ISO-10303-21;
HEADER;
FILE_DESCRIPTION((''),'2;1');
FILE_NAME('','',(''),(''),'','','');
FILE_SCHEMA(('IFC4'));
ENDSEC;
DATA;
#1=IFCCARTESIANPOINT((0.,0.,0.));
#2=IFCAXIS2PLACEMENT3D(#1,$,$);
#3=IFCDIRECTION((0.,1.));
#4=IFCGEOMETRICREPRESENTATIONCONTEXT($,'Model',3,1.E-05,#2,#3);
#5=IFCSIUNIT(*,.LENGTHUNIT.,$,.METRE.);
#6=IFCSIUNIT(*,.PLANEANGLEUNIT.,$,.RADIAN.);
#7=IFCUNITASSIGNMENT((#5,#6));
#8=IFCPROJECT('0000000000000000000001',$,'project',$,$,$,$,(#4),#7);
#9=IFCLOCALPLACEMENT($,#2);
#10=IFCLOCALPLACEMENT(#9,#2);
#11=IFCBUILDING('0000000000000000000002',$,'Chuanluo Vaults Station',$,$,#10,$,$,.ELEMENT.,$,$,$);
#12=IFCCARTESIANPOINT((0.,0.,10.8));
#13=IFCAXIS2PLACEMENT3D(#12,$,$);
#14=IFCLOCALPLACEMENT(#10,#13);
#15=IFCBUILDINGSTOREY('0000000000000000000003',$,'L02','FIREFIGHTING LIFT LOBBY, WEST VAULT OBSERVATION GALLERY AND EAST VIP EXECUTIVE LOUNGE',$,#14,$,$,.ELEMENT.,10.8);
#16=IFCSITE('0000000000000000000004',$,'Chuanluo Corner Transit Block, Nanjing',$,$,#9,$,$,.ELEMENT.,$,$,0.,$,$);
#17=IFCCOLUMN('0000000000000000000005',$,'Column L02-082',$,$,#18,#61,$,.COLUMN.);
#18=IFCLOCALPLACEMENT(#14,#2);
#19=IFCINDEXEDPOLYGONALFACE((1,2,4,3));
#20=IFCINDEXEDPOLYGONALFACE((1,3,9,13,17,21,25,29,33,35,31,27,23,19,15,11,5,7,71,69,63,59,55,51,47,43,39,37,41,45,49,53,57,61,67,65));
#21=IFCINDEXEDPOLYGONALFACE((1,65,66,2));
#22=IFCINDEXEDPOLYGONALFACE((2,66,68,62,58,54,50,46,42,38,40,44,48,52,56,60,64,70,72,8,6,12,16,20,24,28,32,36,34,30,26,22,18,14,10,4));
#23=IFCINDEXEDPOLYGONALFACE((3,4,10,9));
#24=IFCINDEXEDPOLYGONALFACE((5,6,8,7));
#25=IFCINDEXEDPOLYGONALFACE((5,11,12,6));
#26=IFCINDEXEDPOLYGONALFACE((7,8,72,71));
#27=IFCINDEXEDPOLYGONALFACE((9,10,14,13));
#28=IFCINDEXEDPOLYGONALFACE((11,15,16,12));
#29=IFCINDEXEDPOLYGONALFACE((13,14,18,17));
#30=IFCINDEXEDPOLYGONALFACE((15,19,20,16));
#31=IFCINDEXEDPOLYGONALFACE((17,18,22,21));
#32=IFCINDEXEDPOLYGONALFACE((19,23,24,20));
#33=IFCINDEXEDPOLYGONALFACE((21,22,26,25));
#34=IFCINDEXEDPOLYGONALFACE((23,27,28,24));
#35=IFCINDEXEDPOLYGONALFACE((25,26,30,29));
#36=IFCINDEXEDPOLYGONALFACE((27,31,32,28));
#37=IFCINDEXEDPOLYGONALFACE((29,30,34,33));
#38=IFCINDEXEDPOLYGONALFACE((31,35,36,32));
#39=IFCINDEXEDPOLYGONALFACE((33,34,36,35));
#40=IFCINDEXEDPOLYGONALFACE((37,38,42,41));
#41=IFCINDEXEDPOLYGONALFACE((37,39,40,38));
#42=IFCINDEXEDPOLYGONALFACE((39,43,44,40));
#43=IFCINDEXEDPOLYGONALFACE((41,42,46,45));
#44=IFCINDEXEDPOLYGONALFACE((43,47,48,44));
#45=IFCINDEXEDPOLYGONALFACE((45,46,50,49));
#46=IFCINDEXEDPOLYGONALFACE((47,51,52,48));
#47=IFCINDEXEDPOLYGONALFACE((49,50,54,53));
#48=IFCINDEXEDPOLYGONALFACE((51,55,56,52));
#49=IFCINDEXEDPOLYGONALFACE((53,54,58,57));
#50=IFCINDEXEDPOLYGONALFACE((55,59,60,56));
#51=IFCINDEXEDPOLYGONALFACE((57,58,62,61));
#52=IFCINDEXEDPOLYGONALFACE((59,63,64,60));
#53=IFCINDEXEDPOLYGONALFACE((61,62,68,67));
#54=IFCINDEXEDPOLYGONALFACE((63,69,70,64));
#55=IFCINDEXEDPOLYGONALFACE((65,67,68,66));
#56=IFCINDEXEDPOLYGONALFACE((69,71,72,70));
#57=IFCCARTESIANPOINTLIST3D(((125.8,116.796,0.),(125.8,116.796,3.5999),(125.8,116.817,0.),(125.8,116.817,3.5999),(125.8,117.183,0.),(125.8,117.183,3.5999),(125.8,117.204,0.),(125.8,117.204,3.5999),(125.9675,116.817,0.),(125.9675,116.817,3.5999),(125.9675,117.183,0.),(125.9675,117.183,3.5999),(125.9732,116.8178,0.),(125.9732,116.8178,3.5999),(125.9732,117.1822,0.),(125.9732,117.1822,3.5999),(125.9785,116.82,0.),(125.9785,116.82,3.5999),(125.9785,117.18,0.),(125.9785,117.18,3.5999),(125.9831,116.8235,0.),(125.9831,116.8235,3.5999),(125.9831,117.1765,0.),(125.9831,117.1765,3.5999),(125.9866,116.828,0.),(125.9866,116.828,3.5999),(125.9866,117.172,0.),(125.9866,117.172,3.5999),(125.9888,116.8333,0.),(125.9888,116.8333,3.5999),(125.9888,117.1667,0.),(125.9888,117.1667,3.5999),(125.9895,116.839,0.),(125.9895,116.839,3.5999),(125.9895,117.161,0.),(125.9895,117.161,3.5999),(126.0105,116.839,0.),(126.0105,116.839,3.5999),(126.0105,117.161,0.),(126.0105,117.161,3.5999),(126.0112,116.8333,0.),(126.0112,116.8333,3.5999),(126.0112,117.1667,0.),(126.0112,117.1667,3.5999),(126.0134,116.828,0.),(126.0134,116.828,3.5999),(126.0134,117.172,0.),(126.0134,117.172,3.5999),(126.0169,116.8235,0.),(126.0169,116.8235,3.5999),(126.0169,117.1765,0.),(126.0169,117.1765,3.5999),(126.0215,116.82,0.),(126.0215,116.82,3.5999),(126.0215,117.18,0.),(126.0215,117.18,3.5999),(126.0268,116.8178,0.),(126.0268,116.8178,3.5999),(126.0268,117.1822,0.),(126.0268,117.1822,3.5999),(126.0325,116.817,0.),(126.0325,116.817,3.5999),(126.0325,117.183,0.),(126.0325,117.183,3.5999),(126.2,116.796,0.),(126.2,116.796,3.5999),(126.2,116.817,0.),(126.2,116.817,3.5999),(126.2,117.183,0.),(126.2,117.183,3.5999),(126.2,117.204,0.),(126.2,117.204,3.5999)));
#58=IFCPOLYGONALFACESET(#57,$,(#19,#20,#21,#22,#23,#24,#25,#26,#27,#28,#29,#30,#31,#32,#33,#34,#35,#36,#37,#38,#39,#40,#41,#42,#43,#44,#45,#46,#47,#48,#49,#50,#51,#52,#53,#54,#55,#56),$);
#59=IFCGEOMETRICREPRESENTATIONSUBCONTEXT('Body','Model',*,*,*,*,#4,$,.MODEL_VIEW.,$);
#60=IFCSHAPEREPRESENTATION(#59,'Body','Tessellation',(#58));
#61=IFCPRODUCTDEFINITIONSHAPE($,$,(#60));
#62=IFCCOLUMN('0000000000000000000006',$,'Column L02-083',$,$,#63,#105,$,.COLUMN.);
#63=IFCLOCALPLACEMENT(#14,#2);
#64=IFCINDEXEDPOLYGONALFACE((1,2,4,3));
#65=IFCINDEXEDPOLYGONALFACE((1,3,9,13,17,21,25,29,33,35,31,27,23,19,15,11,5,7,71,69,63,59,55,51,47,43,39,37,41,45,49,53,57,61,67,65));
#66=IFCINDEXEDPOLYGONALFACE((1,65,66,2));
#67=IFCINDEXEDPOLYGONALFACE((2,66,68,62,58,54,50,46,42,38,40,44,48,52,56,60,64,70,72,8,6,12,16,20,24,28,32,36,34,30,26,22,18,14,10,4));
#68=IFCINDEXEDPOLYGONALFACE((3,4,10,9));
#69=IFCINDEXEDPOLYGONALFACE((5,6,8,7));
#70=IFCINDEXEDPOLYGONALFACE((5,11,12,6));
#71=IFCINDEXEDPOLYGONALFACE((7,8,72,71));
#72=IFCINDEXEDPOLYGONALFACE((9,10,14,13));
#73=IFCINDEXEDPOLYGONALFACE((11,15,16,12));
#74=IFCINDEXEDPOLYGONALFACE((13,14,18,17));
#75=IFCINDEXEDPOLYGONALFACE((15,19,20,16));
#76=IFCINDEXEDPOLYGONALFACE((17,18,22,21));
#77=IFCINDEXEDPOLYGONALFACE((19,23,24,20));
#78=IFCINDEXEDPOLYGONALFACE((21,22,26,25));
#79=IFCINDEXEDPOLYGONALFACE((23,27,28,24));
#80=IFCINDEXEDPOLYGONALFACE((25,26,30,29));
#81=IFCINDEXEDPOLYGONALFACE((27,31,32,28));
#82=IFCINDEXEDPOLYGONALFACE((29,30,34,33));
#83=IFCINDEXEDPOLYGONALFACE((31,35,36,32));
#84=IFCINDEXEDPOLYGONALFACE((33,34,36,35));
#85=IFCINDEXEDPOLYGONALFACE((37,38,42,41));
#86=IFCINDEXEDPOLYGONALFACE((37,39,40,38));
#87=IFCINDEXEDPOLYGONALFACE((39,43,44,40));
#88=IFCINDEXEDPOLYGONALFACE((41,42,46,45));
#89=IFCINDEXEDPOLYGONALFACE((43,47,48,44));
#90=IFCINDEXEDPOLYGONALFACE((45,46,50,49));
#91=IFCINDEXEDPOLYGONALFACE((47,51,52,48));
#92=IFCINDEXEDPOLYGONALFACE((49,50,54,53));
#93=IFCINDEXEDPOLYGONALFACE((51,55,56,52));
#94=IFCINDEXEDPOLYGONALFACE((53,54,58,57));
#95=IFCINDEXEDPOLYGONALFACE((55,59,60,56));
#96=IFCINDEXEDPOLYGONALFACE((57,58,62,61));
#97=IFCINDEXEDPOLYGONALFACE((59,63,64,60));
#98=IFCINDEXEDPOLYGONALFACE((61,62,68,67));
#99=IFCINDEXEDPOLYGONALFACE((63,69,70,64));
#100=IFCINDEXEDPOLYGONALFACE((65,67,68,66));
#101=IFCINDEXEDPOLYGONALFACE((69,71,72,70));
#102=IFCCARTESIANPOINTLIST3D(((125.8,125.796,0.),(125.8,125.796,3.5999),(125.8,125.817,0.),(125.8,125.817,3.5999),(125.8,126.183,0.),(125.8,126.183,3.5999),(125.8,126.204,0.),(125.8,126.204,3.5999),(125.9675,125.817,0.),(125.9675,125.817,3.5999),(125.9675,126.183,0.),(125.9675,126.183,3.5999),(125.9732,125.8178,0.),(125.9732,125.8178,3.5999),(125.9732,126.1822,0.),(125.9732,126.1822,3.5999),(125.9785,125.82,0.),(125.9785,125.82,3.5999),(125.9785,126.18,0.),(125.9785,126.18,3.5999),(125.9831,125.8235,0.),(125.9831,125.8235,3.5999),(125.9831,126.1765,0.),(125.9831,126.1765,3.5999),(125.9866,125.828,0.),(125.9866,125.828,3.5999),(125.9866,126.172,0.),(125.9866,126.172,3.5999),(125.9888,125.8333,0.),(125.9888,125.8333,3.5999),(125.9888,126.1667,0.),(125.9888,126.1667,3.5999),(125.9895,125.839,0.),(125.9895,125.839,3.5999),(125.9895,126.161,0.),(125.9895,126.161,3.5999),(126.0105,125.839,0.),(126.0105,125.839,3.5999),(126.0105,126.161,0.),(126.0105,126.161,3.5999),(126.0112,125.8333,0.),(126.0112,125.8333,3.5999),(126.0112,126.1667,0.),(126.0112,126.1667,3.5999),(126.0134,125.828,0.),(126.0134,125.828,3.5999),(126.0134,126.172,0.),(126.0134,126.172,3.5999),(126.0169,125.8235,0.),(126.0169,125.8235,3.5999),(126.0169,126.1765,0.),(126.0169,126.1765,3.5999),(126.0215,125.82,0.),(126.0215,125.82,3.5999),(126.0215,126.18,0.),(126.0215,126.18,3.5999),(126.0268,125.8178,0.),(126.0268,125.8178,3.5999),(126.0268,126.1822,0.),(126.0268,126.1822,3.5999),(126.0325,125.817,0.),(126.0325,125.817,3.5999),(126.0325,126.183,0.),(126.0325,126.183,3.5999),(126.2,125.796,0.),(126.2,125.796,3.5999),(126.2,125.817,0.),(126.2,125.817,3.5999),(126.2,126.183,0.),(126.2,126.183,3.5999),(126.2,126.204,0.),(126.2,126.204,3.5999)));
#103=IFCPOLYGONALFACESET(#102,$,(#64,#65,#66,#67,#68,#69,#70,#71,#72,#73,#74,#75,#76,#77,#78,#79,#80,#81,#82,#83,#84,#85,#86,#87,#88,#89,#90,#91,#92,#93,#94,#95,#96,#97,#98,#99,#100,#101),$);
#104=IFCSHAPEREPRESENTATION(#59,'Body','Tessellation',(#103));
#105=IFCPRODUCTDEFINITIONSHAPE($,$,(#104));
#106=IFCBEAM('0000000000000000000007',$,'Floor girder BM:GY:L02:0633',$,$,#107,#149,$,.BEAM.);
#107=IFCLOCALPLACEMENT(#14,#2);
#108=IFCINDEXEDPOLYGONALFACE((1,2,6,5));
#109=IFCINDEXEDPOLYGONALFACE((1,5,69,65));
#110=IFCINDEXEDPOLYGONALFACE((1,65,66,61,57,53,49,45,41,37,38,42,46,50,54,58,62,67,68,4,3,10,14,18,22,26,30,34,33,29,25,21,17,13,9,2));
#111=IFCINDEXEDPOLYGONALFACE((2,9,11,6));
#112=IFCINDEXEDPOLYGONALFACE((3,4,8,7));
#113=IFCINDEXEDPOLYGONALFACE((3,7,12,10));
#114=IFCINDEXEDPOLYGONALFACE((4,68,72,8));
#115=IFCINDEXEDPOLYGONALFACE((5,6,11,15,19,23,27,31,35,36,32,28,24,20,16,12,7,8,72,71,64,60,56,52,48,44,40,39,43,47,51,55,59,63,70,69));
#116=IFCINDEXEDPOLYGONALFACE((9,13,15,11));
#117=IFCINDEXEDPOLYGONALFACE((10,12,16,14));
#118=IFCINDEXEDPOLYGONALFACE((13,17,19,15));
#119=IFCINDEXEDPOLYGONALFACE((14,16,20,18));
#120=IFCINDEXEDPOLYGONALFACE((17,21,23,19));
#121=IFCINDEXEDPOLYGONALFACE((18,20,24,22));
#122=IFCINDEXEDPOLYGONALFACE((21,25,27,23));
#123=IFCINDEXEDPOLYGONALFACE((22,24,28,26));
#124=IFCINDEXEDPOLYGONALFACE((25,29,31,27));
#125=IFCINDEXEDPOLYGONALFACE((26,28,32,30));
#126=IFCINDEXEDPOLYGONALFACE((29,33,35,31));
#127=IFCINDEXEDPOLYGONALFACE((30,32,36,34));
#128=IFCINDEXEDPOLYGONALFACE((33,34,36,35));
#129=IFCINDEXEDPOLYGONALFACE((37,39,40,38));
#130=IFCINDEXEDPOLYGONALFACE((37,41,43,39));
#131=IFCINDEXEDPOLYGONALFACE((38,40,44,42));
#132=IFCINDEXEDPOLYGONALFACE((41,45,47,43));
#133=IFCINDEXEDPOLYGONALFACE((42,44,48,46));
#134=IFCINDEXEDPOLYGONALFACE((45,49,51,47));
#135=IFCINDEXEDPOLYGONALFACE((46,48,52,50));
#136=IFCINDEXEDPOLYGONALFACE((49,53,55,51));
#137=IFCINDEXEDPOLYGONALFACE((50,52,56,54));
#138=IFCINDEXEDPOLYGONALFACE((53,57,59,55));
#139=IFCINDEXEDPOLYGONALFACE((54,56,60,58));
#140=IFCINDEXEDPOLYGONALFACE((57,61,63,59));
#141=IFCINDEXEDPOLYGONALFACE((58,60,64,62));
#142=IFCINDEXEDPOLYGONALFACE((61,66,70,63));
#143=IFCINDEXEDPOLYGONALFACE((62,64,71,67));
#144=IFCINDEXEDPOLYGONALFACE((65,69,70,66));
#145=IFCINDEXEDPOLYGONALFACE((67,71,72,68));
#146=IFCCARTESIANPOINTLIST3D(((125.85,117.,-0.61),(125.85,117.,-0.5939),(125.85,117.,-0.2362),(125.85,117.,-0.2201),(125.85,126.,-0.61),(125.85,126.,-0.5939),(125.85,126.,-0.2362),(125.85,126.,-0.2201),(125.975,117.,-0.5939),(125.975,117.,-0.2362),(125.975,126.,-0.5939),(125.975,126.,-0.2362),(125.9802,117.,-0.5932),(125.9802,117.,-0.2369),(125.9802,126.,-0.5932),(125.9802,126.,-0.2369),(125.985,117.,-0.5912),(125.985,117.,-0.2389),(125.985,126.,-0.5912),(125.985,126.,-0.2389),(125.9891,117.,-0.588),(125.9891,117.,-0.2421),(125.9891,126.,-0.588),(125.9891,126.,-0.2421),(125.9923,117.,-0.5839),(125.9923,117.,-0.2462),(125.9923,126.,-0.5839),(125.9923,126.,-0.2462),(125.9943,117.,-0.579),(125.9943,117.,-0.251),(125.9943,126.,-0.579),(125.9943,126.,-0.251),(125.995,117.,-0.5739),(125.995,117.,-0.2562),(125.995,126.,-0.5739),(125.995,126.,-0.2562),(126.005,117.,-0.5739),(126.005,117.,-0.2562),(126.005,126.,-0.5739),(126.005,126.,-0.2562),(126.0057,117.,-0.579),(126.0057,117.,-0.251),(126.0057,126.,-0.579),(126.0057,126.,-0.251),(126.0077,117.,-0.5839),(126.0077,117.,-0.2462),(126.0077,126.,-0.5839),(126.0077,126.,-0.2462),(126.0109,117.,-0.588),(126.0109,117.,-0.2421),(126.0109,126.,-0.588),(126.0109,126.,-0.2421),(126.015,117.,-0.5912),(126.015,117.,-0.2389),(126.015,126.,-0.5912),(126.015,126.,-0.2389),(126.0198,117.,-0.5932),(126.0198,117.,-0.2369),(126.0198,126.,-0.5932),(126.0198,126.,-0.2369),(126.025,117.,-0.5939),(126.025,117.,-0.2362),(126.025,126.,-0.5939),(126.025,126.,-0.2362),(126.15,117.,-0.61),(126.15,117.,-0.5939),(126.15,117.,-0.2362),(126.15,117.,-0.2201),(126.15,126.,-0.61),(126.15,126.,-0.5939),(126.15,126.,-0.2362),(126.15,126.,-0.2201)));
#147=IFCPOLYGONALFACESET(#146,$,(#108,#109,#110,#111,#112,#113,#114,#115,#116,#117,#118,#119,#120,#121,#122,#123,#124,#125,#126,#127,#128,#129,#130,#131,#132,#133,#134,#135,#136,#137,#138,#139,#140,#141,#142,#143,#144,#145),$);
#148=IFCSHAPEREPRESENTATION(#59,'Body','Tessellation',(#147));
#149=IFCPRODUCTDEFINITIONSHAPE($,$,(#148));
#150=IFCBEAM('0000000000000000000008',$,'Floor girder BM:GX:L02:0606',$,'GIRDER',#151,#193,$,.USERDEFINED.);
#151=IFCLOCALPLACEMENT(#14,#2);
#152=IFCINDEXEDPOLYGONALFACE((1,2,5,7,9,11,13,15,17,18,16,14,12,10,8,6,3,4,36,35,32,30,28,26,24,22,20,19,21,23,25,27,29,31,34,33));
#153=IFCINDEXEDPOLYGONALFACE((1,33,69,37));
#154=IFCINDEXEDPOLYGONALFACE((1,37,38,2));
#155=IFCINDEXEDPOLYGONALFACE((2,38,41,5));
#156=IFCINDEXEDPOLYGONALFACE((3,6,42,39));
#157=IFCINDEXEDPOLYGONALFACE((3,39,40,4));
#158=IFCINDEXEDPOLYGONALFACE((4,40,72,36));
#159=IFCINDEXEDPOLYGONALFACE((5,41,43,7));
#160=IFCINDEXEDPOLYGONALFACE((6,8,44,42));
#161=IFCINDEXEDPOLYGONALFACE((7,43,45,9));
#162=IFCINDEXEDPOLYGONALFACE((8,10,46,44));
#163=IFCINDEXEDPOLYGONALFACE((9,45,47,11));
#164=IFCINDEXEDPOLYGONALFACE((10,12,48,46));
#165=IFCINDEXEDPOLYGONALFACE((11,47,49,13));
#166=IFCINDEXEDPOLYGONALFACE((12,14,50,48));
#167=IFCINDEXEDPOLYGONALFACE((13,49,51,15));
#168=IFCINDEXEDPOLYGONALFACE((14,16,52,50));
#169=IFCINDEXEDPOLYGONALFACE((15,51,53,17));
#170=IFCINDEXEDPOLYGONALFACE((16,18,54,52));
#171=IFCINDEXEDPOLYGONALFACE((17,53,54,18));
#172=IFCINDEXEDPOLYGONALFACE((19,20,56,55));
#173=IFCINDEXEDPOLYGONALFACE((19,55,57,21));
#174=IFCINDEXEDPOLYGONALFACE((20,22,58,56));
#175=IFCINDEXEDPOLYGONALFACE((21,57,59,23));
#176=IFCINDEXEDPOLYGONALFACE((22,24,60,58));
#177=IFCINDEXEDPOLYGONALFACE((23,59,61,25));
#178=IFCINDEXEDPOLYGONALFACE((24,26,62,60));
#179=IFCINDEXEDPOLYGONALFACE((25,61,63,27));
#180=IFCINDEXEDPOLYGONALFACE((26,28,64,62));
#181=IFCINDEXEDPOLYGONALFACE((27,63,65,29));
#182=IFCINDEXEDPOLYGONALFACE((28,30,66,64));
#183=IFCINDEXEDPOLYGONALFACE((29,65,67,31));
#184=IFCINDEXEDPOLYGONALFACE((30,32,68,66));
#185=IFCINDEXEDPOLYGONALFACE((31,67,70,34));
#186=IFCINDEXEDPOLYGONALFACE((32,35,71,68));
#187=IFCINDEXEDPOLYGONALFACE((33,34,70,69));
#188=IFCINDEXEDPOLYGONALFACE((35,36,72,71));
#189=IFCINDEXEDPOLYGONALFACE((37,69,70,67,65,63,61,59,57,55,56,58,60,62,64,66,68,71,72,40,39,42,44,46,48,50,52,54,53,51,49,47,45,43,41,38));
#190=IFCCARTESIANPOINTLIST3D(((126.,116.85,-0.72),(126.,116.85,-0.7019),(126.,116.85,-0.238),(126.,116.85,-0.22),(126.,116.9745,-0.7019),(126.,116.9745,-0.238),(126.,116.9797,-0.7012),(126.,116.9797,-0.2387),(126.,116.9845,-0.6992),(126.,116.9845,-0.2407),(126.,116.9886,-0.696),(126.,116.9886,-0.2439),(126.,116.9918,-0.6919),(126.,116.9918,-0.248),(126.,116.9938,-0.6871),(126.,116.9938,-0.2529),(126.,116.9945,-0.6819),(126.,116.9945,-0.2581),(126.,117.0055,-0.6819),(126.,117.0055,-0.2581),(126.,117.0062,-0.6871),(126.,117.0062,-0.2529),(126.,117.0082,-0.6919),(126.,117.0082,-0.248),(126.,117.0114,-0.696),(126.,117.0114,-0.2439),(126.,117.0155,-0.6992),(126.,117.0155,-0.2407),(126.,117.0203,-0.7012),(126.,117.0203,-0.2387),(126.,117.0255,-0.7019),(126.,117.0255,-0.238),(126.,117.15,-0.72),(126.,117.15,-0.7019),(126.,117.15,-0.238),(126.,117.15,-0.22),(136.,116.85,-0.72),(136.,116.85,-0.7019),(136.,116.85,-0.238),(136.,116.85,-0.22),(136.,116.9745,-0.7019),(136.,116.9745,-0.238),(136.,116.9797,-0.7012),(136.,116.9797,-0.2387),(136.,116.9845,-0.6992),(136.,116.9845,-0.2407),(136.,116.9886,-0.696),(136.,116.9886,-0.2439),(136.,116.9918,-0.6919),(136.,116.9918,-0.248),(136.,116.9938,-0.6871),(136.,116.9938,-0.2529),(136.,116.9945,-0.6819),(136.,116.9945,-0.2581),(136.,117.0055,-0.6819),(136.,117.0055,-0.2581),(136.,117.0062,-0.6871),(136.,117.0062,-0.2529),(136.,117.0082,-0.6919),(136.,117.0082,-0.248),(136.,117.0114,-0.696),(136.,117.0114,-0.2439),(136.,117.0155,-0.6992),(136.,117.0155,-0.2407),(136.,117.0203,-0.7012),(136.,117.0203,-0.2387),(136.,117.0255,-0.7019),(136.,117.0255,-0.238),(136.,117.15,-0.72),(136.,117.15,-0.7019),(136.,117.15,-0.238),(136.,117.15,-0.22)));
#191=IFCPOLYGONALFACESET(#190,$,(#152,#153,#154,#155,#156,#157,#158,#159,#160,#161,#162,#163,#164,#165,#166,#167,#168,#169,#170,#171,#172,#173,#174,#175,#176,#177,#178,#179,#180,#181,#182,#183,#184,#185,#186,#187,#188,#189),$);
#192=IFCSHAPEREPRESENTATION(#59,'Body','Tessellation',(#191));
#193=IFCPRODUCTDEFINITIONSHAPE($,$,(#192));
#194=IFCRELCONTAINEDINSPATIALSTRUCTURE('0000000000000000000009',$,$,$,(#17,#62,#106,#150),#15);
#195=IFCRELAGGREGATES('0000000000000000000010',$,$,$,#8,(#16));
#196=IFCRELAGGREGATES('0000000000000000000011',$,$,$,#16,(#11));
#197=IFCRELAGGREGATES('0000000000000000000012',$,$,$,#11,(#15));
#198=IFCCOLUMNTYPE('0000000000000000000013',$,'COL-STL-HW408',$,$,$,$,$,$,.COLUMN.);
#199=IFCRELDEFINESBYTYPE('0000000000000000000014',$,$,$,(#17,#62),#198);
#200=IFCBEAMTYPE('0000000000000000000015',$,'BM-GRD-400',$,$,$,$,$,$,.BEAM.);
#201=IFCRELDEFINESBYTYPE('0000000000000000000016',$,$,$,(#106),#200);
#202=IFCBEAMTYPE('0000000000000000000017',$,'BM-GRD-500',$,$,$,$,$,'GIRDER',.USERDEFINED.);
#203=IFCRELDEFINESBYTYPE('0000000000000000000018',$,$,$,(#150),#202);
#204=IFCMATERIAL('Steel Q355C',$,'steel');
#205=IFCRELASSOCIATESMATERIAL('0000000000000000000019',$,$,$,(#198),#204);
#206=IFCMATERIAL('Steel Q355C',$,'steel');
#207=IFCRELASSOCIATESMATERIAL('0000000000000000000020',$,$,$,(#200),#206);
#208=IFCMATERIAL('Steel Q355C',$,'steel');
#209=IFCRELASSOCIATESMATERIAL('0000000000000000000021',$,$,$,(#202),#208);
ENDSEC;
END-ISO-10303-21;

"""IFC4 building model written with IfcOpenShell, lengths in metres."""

from ifc_helpers import new_model, si_unit, direction, frame, origin, origin_2d, place, context, subcontext, project, spatial, i_section, extrude, material, material_profile, profile_set, type_object, element, save


model = new_model("IFC4")

# Units and contexts
model_context = context("Model", 3, precision=1e-05, world=origin(), true_north=direction((0.0, 1.0)))
body_context = subcontext(model_context, "Body", "Model", "MODEL_VIEW")
ifc_project = project(units=[si_unit("LENGTHUNIT", "METRE"), si_unit("PLANEANGLEUNIT", "RADIAN")], contexts=[model_context])

# Site, building, storey
site_placement = place(None, origin())
site = spatial("IfcSite", under=ifc_project, at=site_placement, Name="Chuanluo Corner Transit Block, Nanjing", CompositionType="ELEMENT", RefElevation=0.0)
building_placement = place(site_placement, origin())
building = spatial("IfcBuilding", under=site, at=building_placement, Name="Chuanluo Vaults Station", CompositionType="ELEMENT")
storey_placement = place(building_placement, frame((0.0, 0.0, 10.8)))
storey = spatial("IfcBuildingStorey", under=building, at=storey_placement, Name="L02", Description="FIREFIGHTING LIFT LOBBY, WEST VAULT OBSERVATION GALLERY AND EAST VIP EXECUTIVE LOUNGE", CompositionType="ELEMENT", Elevation=10.8)

# Columns
ifc_material_1 = material(Name="Steel Q355C", Category="steel")
ifc_material_profile_1 = material_profile(ifc_material_1, i_section(OverallWidth=0.3999, OverallDepth=0.408, WebThickness=0.021, FlangeThickness=0.021, FilletRadius=0.022, at=origin_2d()))
ifc_profile_set_1 = profile_set([ifc_material_profile_1], Name="Steel Q355C")
column_type = type_object("IfcColumnType", Name="COL-STL-HW408", PredefinedType="COLUMN", material=ifc_profile_set_1)
for number, where, z_axis, x_axis, name in (
    (1, (126.0, 117.0, 0.0), (0.0, 0.0, 1.0), (1.0, 0.0, 0.0), "Column L02-082"),
    (2, (126.0, 126.0, 0.0), (0.0, 0.0, 1.0), (1.0, 0.0, 0.0), "Column L02-083"),
):
    element("IfcColumn", number, at=place(storey_placement, frame(where, z_axis=z_axis, x_axis=x_axis)), inside=storey, type_object=column_type, Name=name, PredefinedType="COLUMN", context=body_context, shape_type="SweptSolid", body=[
        extrude(i_section(OverallWidth=0.3999, OverallDepth=0.408, WebThickness=0.021, FlangeThickness=0.021, FilletRadius=0.022, at=origin_2d()), origin(), (0.0, 0.0, 1.0), 3.5999),
    ])

# Beams
ifc_material_2 = material(Name="Steel Q355C", Category="steel")
ifc_material_profile_2 = material_profile(ifc_material_2, i_section(OverallWidth=0.3, OverallDepth=0.3899, WebThickness=0.01, FlangeThickness=0.0161, FilletRadius=0.02, at=origin_2d()))
ifc_profile_set_2 = profile_set([ifc_material_profile_2], Name="Steel Q355C")
beam_type_1 = type_object("IfcBeamType", Name="BM-GRD-400", PredefinedType="BEAM", material=ifc_profile_set_2)
beam_1_placement = place(storey_placement, frame((126.0, 117.0, -0.415), z_axis=(0.0, 1.0, 0.0), x_axis=(-1.0, 0.0, 0.0)))
element("IfcBeam", 3, at=beam_1_placement, inside=storey, type_object=beam_type_1, Name="Floor girder BM:GY:L02:0633", PredefinedType="BEAM", context=body_context, shape_type="SweptSolid", body=[
    extrude(i_section(OverallWidth=0.3, OverallDepth=0.3899, WebThickness=0.01, FlangeThickness=0.0161, FilletRadius=0.02, at=origin_2d()), origin(), (0.0, 0.0, 1.0), 9.0),
])
ifc_material_3 = material(Name="Steel Q355C", Category="steel")
ifc_material_profile_3 = material_profile(ifc_material_3, i_section(OverallWidth=0.3, OverallDepth=0.5, WebThickness=0.011, FlangeThickness=0.0181, FilletRadius=0.02, at=origin_2d()))
ifc_profile_set_3 = profile_set([ifc_material_profile_3], Name="Steel Q355C")
beam_type_2 = type_object("IfcBeamType", Name="BM-GRD-500", ElementType="GIRDER", PredefinedType="USERDEFINED", material=ifc_profile_set_3)
beam_2_placement = place(storey_placement, frame((126.0, 117.0, -0.47), z_axis=(1.0, 0.0, 0.0), x_axis=(0.0, 1.0, 0.0)))
element("IfcBeam", 4, at=beam_2_placement, inside=storey, type_object=beam_type_2, Name="Floor girder BM:GX:L02:0606", ObjectType="GIRDER", PredefinedType="USERDEFINED", context=body_context, shape_type="SweptSolid", body=[
    extrude(i_section(OverallWidth=0.3, OverallDepth=0.5, WebThickness=0.011, FlangeThickness=0.0181, FilletRadius=0.02, at=origin_2d()), origin(), (0.0, 0.0, 1.0), 10.0),
])

save(model, "model.ifc")
